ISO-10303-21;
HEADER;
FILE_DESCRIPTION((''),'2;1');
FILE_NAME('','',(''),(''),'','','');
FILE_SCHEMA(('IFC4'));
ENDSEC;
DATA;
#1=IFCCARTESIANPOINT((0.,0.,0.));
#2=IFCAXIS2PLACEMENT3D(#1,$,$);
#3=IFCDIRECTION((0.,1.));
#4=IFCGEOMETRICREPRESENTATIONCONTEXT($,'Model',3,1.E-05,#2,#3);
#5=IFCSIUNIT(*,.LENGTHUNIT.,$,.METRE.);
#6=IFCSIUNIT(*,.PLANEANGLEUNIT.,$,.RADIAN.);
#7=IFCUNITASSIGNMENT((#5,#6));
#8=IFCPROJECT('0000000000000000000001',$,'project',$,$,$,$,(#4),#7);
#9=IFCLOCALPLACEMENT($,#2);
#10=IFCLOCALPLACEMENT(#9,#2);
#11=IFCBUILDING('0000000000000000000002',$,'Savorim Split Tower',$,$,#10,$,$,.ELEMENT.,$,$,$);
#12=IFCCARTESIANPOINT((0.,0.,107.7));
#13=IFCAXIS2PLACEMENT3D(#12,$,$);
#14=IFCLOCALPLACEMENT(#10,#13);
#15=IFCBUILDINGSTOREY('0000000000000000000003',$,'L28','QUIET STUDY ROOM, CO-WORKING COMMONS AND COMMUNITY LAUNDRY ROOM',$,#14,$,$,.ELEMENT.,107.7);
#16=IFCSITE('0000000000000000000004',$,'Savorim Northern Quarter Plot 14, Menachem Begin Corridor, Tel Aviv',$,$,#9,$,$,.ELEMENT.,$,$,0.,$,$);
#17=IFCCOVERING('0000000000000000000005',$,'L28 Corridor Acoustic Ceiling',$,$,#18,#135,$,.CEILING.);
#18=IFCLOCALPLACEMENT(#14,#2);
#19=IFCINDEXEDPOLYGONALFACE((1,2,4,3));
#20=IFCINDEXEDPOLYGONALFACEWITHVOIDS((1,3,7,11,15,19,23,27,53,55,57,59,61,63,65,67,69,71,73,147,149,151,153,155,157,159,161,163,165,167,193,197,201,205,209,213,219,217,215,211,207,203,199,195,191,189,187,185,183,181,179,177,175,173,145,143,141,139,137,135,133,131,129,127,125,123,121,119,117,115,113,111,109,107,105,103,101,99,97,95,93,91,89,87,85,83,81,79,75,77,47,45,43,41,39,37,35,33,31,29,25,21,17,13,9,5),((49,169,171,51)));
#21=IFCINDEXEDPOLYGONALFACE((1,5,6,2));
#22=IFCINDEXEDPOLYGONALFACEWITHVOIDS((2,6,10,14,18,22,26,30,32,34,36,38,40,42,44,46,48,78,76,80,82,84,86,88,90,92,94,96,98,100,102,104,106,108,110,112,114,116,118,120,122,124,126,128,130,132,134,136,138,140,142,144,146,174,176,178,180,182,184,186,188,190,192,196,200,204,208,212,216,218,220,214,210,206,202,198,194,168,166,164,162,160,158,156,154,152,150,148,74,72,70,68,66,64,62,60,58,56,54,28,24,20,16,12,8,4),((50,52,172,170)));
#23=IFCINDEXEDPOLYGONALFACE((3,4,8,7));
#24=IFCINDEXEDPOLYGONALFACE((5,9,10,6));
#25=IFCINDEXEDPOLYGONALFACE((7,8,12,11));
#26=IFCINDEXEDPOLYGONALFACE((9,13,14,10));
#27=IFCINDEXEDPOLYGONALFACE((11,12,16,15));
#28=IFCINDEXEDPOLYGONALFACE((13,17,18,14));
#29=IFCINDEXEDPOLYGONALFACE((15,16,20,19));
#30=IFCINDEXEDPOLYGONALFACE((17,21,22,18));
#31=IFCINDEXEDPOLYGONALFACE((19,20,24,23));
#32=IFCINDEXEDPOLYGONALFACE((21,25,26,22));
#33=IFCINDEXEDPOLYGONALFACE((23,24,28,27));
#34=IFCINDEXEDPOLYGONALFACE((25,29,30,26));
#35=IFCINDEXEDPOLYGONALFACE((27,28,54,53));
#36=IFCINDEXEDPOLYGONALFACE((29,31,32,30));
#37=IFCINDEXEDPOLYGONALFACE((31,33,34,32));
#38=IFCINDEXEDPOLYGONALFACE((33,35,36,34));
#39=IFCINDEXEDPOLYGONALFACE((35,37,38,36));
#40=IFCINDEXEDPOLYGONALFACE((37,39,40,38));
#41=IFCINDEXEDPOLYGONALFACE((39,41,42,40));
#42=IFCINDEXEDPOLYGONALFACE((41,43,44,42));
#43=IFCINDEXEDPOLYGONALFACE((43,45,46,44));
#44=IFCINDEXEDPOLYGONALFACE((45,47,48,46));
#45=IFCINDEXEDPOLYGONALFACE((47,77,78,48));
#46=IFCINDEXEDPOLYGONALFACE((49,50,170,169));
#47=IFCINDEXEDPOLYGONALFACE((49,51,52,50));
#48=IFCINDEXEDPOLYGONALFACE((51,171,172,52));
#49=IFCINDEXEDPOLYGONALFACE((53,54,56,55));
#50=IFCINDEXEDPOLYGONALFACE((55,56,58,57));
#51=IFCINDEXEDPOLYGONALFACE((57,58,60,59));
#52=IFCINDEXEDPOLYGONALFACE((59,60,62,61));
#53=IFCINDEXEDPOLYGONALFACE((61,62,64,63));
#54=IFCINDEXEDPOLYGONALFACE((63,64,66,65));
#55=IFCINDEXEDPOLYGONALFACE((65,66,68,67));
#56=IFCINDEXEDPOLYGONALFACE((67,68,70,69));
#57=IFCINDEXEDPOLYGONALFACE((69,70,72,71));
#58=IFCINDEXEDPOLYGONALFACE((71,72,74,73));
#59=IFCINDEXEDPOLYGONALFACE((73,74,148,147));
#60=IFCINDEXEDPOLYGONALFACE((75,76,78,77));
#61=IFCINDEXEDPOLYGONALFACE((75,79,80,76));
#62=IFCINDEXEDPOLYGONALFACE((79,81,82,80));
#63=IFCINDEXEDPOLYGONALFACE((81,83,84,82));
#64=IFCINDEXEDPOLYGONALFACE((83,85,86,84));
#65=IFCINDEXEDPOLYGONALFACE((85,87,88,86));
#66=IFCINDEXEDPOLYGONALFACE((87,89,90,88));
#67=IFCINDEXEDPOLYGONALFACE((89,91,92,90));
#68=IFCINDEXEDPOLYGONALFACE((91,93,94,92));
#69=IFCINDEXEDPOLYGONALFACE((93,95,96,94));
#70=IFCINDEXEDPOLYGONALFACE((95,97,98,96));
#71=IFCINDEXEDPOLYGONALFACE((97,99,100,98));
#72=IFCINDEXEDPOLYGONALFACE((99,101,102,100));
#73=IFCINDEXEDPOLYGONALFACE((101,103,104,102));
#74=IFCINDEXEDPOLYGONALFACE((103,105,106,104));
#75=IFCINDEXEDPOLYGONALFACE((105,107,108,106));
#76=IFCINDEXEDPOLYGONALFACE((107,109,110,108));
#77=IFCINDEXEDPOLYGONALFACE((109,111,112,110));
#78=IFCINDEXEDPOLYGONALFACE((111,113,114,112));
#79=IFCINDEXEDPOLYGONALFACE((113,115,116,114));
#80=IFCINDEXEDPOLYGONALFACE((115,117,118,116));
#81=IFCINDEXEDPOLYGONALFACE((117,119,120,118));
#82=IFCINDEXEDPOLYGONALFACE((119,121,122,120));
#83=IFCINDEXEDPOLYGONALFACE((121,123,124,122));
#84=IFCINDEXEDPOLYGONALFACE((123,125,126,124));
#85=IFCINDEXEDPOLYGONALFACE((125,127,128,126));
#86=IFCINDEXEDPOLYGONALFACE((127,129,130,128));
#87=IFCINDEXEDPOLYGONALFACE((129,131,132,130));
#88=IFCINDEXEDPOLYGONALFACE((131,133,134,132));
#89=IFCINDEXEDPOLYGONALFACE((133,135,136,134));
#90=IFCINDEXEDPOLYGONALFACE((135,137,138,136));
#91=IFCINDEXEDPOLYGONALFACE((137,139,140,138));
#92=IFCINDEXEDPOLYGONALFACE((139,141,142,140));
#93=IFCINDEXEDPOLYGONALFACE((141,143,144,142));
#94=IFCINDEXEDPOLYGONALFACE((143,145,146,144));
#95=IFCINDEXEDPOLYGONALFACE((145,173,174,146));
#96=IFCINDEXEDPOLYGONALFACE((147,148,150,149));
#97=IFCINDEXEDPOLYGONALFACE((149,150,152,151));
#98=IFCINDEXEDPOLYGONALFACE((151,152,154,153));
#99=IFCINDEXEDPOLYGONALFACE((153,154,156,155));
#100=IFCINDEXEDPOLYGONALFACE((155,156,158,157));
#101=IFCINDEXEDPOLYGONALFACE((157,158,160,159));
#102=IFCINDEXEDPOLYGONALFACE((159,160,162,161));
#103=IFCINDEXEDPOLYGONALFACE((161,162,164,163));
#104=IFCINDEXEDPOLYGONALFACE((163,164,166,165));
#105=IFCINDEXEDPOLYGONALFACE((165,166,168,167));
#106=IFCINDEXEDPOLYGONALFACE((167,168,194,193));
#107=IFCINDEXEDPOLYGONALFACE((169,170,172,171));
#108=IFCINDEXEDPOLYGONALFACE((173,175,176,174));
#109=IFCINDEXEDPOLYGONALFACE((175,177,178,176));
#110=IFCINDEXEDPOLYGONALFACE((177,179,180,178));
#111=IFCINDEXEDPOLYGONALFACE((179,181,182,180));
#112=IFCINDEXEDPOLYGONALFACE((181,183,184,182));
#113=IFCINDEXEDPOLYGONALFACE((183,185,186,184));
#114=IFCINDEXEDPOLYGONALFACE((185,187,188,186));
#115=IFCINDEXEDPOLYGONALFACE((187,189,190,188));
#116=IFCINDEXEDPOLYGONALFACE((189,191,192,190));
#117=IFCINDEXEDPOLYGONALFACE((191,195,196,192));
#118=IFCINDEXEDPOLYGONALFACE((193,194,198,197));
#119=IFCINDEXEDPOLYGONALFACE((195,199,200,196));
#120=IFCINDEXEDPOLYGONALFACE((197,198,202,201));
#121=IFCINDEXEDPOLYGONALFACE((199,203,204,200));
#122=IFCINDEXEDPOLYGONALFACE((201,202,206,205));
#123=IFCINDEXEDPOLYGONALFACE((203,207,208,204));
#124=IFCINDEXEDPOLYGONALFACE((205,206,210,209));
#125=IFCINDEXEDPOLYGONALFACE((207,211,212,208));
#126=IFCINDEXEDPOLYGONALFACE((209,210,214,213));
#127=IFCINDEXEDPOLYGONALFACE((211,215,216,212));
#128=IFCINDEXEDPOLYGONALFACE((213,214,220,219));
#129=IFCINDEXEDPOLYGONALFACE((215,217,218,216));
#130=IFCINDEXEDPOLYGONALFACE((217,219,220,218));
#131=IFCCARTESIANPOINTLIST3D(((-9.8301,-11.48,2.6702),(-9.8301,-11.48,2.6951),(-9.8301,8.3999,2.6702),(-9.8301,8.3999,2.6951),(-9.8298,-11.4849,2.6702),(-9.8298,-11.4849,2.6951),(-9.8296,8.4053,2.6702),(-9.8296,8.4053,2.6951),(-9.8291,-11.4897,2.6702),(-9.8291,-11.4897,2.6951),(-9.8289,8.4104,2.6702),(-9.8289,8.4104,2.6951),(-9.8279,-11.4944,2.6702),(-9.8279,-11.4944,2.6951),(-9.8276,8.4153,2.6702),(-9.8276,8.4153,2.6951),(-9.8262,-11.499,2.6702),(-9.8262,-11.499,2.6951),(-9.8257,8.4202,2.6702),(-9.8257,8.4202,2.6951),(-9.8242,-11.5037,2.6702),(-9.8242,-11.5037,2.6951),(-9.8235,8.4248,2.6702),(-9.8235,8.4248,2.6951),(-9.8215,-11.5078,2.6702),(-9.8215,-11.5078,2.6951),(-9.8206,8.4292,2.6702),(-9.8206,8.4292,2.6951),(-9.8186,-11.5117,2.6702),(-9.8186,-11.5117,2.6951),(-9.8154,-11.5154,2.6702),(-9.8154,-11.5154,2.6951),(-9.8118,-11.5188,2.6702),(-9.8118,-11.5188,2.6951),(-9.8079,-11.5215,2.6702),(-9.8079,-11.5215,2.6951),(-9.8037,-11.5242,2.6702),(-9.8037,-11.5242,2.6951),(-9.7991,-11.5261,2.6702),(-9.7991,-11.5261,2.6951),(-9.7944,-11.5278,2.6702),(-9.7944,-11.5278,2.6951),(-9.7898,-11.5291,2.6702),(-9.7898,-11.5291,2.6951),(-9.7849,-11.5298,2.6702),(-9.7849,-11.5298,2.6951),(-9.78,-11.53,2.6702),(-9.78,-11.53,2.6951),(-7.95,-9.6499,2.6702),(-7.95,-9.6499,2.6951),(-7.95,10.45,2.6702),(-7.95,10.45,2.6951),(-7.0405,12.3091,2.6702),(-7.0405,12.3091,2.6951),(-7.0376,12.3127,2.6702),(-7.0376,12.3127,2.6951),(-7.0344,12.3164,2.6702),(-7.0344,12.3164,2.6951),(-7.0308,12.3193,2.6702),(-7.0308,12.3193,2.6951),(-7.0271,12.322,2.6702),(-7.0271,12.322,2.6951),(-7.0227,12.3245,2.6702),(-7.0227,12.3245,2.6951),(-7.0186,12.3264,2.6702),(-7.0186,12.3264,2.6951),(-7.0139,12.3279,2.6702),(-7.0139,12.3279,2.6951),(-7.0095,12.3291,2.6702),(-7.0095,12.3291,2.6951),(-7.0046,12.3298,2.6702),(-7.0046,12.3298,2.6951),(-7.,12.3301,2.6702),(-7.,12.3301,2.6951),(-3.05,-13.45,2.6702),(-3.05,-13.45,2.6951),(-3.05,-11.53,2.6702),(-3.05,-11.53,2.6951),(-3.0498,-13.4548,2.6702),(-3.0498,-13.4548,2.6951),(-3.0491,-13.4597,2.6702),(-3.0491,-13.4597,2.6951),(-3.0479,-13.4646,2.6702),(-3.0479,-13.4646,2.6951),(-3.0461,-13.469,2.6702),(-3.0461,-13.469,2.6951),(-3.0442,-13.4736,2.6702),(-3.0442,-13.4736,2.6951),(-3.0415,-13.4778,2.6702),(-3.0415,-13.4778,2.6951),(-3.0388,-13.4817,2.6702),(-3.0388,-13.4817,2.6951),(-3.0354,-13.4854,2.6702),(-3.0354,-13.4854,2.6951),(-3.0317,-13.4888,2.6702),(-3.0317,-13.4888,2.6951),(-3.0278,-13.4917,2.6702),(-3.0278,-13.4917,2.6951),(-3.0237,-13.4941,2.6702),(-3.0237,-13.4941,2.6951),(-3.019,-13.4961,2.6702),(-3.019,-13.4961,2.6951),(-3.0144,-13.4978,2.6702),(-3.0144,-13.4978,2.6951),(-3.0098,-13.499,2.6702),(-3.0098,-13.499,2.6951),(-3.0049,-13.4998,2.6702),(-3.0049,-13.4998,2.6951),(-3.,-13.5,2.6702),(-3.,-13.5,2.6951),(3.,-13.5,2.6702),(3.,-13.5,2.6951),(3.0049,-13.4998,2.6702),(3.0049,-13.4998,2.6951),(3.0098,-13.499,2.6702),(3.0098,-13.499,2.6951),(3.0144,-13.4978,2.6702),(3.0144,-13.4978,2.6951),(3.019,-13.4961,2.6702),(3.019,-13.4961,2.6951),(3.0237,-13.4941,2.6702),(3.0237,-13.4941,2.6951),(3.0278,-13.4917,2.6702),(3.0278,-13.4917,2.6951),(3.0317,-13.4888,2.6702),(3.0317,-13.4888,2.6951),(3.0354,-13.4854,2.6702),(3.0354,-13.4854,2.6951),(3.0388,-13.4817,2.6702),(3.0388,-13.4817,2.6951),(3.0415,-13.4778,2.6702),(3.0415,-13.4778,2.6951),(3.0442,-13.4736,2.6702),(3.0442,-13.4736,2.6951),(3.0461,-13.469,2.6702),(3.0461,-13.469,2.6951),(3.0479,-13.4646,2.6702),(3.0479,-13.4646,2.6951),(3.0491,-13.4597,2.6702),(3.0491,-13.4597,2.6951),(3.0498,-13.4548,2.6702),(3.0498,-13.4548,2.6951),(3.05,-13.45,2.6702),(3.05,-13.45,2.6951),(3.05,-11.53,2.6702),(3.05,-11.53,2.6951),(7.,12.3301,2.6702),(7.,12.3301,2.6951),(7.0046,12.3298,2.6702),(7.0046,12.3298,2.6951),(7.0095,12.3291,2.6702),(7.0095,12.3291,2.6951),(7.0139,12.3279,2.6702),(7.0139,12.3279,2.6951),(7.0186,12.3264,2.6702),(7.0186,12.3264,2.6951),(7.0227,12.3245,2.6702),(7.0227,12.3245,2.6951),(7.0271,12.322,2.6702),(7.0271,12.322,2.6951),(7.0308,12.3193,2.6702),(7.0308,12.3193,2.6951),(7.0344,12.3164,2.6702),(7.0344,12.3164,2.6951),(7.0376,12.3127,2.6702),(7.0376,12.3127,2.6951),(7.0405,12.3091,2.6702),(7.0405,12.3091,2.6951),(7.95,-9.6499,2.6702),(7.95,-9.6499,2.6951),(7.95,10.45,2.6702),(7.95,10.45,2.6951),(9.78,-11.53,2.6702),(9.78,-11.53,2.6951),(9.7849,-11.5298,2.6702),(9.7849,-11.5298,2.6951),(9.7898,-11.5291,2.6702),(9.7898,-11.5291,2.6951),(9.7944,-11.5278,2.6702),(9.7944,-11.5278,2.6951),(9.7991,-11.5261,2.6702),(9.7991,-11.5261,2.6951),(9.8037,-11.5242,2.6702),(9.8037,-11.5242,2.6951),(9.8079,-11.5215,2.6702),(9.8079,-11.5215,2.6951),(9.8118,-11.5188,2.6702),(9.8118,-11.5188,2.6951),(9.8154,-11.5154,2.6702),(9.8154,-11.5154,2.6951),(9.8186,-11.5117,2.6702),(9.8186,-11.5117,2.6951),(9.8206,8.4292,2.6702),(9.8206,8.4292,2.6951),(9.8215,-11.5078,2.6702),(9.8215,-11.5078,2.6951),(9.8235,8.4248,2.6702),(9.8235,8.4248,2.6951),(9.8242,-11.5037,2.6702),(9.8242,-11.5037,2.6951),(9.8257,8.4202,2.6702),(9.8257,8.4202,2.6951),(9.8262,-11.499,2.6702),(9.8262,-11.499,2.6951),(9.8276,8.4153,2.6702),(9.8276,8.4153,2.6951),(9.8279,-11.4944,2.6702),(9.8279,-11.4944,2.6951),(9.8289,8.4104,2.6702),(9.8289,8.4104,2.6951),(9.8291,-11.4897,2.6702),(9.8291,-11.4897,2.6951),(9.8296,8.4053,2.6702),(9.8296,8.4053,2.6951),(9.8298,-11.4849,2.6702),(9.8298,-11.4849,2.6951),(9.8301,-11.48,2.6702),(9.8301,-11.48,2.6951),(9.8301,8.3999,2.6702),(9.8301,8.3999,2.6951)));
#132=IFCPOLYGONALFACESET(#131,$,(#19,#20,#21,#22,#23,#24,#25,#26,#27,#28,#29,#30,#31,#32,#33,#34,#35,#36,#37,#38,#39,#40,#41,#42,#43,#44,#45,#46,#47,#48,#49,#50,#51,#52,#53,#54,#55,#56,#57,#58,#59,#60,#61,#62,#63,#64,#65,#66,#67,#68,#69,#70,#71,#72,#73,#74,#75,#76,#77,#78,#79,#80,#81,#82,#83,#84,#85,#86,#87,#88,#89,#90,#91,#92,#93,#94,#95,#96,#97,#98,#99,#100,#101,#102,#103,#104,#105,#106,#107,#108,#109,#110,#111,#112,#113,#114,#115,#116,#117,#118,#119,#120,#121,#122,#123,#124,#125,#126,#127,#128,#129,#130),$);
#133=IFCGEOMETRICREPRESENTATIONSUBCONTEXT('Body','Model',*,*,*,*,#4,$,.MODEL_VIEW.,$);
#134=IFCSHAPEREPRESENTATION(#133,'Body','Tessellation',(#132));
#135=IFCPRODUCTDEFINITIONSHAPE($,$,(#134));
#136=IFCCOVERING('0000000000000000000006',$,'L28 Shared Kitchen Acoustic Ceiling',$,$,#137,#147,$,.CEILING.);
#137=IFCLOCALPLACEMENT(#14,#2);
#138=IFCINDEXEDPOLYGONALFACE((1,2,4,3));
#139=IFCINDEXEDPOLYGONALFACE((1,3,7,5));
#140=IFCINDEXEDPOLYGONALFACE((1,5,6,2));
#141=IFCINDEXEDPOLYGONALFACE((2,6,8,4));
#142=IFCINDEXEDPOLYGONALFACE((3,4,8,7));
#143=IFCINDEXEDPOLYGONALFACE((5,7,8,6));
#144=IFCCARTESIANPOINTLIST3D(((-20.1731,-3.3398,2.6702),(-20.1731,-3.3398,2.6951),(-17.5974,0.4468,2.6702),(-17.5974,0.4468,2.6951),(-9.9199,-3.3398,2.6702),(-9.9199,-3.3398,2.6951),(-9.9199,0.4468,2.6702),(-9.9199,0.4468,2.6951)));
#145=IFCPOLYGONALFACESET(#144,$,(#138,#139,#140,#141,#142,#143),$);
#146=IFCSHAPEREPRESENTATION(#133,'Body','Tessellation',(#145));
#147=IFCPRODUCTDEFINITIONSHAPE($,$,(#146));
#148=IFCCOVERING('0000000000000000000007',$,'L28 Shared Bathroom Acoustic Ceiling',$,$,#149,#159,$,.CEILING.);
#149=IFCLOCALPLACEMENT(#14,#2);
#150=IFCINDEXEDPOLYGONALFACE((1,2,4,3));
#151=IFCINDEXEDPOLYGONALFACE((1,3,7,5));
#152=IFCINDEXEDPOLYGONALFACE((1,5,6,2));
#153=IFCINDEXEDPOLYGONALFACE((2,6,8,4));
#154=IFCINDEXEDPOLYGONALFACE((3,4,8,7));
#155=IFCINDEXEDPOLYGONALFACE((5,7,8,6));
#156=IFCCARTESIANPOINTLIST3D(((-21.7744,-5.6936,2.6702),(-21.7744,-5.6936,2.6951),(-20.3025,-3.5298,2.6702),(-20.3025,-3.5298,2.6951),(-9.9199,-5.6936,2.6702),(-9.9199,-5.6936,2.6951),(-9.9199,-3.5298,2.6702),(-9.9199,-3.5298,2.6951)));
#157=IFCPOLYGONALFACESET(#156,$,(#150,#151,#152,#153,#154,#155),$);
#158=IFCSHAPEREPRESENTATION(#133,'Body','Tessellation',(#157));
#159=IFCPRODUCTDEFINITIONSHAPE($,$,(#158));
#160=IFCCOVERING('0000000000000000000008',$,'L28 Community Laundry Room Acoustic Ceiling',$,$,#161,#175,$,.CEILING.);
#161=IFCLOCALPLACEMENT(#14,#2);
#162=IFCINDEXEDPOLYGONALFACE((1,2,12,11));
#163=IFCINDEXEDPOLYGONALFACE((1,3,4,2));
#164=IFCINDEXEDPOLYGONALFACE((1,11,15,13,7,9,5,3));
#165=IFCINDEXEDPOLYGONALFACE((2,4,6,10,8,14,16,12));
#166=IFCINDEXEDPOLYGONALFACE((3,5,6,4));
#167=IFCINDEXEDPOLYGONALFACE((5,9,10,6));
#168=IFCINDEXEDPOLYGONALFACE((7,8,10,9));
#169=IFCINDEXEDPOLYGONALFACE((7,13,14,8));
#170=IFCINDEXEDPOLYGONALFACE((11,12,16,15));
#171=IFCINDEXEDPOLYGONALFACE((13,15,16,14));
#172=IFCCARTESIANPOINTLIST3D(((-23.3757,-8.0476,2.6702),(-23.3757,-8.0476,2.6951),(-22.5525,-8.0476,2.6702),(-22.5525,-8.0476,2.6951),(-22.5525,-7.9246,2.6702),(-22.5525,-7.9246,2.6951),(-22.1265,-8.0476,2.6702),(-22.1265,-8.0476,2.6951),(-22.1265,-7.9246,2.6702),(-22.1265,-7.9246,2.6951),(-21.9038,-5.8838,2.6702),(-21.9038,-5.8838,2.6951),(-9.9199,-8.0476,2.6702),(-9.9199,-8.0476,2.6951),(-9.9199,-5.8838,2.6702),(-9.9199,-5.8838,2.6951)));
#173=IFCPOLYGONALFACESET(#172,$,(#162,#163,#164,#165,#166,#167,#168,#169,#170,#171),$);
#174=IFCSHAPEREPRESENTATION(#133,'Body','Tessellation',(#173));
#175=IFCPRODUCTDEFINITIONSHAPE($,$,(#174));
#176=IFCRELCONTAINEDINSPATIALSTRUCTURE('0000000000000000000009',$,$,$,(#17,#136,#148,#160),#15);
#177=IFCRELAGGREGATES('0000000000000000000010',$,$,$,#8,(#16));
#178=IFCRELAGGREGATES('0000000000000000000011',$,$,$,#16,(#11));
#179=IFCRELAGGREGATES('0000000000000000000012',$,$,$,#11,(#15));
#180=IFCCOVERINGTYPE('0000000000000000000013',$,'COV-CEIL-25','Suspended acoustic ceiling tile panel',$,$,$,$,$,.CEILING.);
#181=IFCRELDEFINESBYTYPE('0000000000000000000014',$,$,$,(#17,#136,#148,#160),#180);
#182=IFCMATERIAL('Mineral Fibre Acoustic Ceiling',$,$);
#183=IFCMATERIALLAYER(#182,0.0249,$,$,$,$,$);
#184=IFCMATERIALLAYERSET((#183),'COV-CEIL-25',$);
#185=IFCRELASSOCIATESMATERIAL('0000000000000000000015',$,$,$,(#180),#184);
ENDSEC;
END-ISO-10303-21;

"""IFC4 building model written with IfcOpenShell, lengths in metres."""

from ifc_helpers import new_model, si_unit, direction, frame, origin, place, context, subcontext, project, spatial, polyline, outline, extrude, material, layer, layer_set, type_object, element, save


model = new_model("IFC4")

# Units and contexts
model_context = context("Model", 3, precision=1e-05, world=origin(), true_north=direction((0.0, 1.0)))
body_context = subcontext(model_context, "Body", "Model", "MODEL_VIEW")
ifc_project = project(units=[si_unit("LENGTHUNIT", "METRE"), si_unit("PLANEANGLEUNIT", "RADIAN")], contexts=[model_context])

# Site, building, storey
site_placement = place(None, origin())
site = spatial("IfcSite", under=ifc_project, at=site_placement, Name="Savorim Northern Quarter Plot 14, Menachem Begin Corridor, Tel Aviv", CompositionType="ELEMENT", RefElevation=0.0)
building_placement = place(site_placement, origin())
building = spatial("IfcBuilding", under=site, at=building_placement, Name="Savorim Split Tower", CompositionType="ELEMENT")
storey_placement = place(building_placement, frame((0.0, 0.0, 107.7)))
storey = spatial("IfcBuildingStorey", under=building, at=storey_placement, Name="L28", Description="QUIET STUDY ROOM, CO-WORKING COMMONS AND COMMUNITY LAUNDRY ROOM", CompositionType="ELEMENT", Elevation=107.7)

# Coverings
ifc_material_1 = material(Name="Mineral Fibre Acoustic Ceiling")
ifc_layer_1 = layer(ifc_material_1, 0.0249)
ifc_layer_set_1 = layer_set([ifc_layer_1], Name="COV-CEIL-25")
covering_type_1 = type_object("IfcCoveringType", Name="COV-CEIL-25", Description="Suspended acoustic ceiling tile panel", PredefinedType="CEILING", material=ifc_layer_set_1)
covering_1_placement = place(storey_placement, frame((0.0, 0.0, 2.6702)))
element("IfcCovering", 1, at=covering_1_placement, inside=storey, type_object=covering_type_1, Name="L28 Corridor Acoustic Ceiling", PredefinedType="CEILING", context=body_context, shape_type="SweptSolid", body=[
    extrude(outline(polyline([(7.0095, 12.3291), (7.0046, 12.3298), (7.0, 12.3301), (-7.0, 12.3301), (-7.0046, 12.3298), (-7.0095, 12.3291), (-7.0139, 12.3279), (-7.0186, 12.3264), (-7.0227, 12.3245), (-7.0271, 12.322), (-7.0308, 12.3193), (-7.0344, 12.3164), (-7.0376, 12.3127), (-7.0405, 12.3091), (-9.8206, 8.4292), (-9.8235, 8.4248), (-9.8257, 8.4202), (-9.8276, 8.4153), (-9.8289, 8.4104), (-9.8296, 8.4053), (-9.8301, 8.3999), (-9.8301, -11.48), (-9.8298, -11.4849), (-9.8291, -11.4897), (-9.8279, -11.4944), (-9.8262, -11.499), (-9.8242, -11.5037), (-9.8215, -11.5078), (-9.8186, -11.5117), (-9.8154, -11.5154), (-9.8118, -11.5188), (-9.8079, -11.5215), (-9.8037, -11.5242), (-9.7991, -11.5261), (-9.7944, -11.5278), (-9.7898, -11.5291), (-9.7849, -11.5298), (-9.78, -11.53), (-3.05, -11.53), (-3.05, -13.45), (-3.0498, -13.4548), (-3.0491, -13.4597), (-3.0479, -13.4646), (-3.0461, -13.469), (-3.0442, -13.4736), (-3.0415, -13.4778), (-3.0388, -13.4817), (-3.0354, -13.4854), (-3.0317, -13.4888), (-3.0278, -13.4917), (-3.0237, -13.4941), (-3.019, -13.4961), (-3.0144, -13.4978), (-3.0098, -13.499), (-3.0049, -13.4998), (-3.0, -13.5), (3.0, -13.5), (3.0049, -13.4998), (3.0098, -13.499), (3.0144, -13.4978), (3.019, -13.4961), (3.0237, -13.4941), (3.0278, -13.4917), (3.0317, -13.4888), (3.0354, -13.4854), (3.0388, -13.4817), (3.0415, -13.4778), (3.0442, -13.4736), (3.0461, -13.469), (3.0479, -13.4646), (3.0491, -13.4597), (3.0498, -13.4548), (3.05, -13.45), (3.05, -11.53), (9.78, -11.53), (9.7849, -11.5298), (9.7898, -11.5291), (9.7944, -11.5278), (9.7991, -11.5261), (9.8037, -11.5242), (9.8079, -11.5215), (9.8118, -11.5188), (9.8154, -11.5154), (9.8186, -11.5117), (9.8215, -11.5078), (9.8242, -11.5037), (9.8262, -11.499), (9.8279, -11.4944), (9.8291, -11.4897), (9.8298, -11.4849), (9.8301, -11.48), (9.8301, 8.3999), (9.8296, 8.4053), (9.8289, 8.4104), (9.8276, 8.4153), (9.8257, 8.4202), (9.8235, 8.4248), (9.8206, 8.4292), (7.0405, 12.3091), (7.0376, 12.3127), (7.0344, 12.3164), (7.0308, 12.3193), (7.0271, 12.322), (7.0227, 12.3245), (7.0186, 12.3264), (7.0139, 12.3279), (7.0095, 12.3291)]), holes=[polyline([(-7.95, 10.45), (-7.95, -9.6499), (7.95, -9.6499), (7.95, 10.45), (-7.95, 10.45)])]), origin(), (0.0, 0.0, 1.0), 0.0249),
])
covering_2_placement = place(storey_placement, frame((0.0, 0.0, 2.6702)))
element("IfcCovering", 2, at=covering_2_placement, inside=storey, type_object=covering_type_1, Name="L28 Shared Kitchen Acoustic Ceiling", PredefinedType="CEILING", context=body_context, shape_type="SweptSolid", body=[
    extrude(outline(polyline([(-17.5974, 0.4468), (-20.1731, -3.3398), (-9.9199, -3.3398), (-9.9199, 0.4468), (-17.5974, 0.4468)])), origin(), (0.0, 0.0, 1.0), 0.0249),
])
covering_3_placement = place(storey_placement, frame((0.0, 0.0, 2.6702)))
element("IfcCovering", 3, at=covering_3_placement, inside=storey, type_object=covering_type_1, Name="L28 Shared Bathroom Acoustic Ceiling", PredefinedType="CEILING", context=body_context, shape_type="SweptSolid", body=[
    extrude(outline(polyline([(-20.3025, -3.5298), (-21.7744, -5.6936), (-9.9199, -5.6936), (-9.9199, -3.5298), (-20.3025, -3.5298)])), origin(), (0.0, 0.0, 1.0), 0.0249),
])
covering_4_placement = place(storey_placement, frame((0.0, 0.0, 2.6702)))
element("IfcCovering", 4, at=covering_4_placement, inside=storey, type_object=covering_type_1, Name="L28 Community Laundry Room Acoustic Ceiling", PredefinedType="CEILING", context=body_context, shape_type="SweptSolid", body=[
    extrude(outline(polyline([(-22.1265, -7.9246), (-22.1265, -8.0476), (-9.9199, -8.0476), (-9.9199, -5.8838), (-21.9038, -5.8838), (-23.3757, -8.0476), (-22.5525, -8.0476), (-22.5525, -7.9246), (-22.1265, -7.9246)])), origin(), (0.0, 0.0, 1.0), 0.0249),
])

save(model, "model.ifc")
